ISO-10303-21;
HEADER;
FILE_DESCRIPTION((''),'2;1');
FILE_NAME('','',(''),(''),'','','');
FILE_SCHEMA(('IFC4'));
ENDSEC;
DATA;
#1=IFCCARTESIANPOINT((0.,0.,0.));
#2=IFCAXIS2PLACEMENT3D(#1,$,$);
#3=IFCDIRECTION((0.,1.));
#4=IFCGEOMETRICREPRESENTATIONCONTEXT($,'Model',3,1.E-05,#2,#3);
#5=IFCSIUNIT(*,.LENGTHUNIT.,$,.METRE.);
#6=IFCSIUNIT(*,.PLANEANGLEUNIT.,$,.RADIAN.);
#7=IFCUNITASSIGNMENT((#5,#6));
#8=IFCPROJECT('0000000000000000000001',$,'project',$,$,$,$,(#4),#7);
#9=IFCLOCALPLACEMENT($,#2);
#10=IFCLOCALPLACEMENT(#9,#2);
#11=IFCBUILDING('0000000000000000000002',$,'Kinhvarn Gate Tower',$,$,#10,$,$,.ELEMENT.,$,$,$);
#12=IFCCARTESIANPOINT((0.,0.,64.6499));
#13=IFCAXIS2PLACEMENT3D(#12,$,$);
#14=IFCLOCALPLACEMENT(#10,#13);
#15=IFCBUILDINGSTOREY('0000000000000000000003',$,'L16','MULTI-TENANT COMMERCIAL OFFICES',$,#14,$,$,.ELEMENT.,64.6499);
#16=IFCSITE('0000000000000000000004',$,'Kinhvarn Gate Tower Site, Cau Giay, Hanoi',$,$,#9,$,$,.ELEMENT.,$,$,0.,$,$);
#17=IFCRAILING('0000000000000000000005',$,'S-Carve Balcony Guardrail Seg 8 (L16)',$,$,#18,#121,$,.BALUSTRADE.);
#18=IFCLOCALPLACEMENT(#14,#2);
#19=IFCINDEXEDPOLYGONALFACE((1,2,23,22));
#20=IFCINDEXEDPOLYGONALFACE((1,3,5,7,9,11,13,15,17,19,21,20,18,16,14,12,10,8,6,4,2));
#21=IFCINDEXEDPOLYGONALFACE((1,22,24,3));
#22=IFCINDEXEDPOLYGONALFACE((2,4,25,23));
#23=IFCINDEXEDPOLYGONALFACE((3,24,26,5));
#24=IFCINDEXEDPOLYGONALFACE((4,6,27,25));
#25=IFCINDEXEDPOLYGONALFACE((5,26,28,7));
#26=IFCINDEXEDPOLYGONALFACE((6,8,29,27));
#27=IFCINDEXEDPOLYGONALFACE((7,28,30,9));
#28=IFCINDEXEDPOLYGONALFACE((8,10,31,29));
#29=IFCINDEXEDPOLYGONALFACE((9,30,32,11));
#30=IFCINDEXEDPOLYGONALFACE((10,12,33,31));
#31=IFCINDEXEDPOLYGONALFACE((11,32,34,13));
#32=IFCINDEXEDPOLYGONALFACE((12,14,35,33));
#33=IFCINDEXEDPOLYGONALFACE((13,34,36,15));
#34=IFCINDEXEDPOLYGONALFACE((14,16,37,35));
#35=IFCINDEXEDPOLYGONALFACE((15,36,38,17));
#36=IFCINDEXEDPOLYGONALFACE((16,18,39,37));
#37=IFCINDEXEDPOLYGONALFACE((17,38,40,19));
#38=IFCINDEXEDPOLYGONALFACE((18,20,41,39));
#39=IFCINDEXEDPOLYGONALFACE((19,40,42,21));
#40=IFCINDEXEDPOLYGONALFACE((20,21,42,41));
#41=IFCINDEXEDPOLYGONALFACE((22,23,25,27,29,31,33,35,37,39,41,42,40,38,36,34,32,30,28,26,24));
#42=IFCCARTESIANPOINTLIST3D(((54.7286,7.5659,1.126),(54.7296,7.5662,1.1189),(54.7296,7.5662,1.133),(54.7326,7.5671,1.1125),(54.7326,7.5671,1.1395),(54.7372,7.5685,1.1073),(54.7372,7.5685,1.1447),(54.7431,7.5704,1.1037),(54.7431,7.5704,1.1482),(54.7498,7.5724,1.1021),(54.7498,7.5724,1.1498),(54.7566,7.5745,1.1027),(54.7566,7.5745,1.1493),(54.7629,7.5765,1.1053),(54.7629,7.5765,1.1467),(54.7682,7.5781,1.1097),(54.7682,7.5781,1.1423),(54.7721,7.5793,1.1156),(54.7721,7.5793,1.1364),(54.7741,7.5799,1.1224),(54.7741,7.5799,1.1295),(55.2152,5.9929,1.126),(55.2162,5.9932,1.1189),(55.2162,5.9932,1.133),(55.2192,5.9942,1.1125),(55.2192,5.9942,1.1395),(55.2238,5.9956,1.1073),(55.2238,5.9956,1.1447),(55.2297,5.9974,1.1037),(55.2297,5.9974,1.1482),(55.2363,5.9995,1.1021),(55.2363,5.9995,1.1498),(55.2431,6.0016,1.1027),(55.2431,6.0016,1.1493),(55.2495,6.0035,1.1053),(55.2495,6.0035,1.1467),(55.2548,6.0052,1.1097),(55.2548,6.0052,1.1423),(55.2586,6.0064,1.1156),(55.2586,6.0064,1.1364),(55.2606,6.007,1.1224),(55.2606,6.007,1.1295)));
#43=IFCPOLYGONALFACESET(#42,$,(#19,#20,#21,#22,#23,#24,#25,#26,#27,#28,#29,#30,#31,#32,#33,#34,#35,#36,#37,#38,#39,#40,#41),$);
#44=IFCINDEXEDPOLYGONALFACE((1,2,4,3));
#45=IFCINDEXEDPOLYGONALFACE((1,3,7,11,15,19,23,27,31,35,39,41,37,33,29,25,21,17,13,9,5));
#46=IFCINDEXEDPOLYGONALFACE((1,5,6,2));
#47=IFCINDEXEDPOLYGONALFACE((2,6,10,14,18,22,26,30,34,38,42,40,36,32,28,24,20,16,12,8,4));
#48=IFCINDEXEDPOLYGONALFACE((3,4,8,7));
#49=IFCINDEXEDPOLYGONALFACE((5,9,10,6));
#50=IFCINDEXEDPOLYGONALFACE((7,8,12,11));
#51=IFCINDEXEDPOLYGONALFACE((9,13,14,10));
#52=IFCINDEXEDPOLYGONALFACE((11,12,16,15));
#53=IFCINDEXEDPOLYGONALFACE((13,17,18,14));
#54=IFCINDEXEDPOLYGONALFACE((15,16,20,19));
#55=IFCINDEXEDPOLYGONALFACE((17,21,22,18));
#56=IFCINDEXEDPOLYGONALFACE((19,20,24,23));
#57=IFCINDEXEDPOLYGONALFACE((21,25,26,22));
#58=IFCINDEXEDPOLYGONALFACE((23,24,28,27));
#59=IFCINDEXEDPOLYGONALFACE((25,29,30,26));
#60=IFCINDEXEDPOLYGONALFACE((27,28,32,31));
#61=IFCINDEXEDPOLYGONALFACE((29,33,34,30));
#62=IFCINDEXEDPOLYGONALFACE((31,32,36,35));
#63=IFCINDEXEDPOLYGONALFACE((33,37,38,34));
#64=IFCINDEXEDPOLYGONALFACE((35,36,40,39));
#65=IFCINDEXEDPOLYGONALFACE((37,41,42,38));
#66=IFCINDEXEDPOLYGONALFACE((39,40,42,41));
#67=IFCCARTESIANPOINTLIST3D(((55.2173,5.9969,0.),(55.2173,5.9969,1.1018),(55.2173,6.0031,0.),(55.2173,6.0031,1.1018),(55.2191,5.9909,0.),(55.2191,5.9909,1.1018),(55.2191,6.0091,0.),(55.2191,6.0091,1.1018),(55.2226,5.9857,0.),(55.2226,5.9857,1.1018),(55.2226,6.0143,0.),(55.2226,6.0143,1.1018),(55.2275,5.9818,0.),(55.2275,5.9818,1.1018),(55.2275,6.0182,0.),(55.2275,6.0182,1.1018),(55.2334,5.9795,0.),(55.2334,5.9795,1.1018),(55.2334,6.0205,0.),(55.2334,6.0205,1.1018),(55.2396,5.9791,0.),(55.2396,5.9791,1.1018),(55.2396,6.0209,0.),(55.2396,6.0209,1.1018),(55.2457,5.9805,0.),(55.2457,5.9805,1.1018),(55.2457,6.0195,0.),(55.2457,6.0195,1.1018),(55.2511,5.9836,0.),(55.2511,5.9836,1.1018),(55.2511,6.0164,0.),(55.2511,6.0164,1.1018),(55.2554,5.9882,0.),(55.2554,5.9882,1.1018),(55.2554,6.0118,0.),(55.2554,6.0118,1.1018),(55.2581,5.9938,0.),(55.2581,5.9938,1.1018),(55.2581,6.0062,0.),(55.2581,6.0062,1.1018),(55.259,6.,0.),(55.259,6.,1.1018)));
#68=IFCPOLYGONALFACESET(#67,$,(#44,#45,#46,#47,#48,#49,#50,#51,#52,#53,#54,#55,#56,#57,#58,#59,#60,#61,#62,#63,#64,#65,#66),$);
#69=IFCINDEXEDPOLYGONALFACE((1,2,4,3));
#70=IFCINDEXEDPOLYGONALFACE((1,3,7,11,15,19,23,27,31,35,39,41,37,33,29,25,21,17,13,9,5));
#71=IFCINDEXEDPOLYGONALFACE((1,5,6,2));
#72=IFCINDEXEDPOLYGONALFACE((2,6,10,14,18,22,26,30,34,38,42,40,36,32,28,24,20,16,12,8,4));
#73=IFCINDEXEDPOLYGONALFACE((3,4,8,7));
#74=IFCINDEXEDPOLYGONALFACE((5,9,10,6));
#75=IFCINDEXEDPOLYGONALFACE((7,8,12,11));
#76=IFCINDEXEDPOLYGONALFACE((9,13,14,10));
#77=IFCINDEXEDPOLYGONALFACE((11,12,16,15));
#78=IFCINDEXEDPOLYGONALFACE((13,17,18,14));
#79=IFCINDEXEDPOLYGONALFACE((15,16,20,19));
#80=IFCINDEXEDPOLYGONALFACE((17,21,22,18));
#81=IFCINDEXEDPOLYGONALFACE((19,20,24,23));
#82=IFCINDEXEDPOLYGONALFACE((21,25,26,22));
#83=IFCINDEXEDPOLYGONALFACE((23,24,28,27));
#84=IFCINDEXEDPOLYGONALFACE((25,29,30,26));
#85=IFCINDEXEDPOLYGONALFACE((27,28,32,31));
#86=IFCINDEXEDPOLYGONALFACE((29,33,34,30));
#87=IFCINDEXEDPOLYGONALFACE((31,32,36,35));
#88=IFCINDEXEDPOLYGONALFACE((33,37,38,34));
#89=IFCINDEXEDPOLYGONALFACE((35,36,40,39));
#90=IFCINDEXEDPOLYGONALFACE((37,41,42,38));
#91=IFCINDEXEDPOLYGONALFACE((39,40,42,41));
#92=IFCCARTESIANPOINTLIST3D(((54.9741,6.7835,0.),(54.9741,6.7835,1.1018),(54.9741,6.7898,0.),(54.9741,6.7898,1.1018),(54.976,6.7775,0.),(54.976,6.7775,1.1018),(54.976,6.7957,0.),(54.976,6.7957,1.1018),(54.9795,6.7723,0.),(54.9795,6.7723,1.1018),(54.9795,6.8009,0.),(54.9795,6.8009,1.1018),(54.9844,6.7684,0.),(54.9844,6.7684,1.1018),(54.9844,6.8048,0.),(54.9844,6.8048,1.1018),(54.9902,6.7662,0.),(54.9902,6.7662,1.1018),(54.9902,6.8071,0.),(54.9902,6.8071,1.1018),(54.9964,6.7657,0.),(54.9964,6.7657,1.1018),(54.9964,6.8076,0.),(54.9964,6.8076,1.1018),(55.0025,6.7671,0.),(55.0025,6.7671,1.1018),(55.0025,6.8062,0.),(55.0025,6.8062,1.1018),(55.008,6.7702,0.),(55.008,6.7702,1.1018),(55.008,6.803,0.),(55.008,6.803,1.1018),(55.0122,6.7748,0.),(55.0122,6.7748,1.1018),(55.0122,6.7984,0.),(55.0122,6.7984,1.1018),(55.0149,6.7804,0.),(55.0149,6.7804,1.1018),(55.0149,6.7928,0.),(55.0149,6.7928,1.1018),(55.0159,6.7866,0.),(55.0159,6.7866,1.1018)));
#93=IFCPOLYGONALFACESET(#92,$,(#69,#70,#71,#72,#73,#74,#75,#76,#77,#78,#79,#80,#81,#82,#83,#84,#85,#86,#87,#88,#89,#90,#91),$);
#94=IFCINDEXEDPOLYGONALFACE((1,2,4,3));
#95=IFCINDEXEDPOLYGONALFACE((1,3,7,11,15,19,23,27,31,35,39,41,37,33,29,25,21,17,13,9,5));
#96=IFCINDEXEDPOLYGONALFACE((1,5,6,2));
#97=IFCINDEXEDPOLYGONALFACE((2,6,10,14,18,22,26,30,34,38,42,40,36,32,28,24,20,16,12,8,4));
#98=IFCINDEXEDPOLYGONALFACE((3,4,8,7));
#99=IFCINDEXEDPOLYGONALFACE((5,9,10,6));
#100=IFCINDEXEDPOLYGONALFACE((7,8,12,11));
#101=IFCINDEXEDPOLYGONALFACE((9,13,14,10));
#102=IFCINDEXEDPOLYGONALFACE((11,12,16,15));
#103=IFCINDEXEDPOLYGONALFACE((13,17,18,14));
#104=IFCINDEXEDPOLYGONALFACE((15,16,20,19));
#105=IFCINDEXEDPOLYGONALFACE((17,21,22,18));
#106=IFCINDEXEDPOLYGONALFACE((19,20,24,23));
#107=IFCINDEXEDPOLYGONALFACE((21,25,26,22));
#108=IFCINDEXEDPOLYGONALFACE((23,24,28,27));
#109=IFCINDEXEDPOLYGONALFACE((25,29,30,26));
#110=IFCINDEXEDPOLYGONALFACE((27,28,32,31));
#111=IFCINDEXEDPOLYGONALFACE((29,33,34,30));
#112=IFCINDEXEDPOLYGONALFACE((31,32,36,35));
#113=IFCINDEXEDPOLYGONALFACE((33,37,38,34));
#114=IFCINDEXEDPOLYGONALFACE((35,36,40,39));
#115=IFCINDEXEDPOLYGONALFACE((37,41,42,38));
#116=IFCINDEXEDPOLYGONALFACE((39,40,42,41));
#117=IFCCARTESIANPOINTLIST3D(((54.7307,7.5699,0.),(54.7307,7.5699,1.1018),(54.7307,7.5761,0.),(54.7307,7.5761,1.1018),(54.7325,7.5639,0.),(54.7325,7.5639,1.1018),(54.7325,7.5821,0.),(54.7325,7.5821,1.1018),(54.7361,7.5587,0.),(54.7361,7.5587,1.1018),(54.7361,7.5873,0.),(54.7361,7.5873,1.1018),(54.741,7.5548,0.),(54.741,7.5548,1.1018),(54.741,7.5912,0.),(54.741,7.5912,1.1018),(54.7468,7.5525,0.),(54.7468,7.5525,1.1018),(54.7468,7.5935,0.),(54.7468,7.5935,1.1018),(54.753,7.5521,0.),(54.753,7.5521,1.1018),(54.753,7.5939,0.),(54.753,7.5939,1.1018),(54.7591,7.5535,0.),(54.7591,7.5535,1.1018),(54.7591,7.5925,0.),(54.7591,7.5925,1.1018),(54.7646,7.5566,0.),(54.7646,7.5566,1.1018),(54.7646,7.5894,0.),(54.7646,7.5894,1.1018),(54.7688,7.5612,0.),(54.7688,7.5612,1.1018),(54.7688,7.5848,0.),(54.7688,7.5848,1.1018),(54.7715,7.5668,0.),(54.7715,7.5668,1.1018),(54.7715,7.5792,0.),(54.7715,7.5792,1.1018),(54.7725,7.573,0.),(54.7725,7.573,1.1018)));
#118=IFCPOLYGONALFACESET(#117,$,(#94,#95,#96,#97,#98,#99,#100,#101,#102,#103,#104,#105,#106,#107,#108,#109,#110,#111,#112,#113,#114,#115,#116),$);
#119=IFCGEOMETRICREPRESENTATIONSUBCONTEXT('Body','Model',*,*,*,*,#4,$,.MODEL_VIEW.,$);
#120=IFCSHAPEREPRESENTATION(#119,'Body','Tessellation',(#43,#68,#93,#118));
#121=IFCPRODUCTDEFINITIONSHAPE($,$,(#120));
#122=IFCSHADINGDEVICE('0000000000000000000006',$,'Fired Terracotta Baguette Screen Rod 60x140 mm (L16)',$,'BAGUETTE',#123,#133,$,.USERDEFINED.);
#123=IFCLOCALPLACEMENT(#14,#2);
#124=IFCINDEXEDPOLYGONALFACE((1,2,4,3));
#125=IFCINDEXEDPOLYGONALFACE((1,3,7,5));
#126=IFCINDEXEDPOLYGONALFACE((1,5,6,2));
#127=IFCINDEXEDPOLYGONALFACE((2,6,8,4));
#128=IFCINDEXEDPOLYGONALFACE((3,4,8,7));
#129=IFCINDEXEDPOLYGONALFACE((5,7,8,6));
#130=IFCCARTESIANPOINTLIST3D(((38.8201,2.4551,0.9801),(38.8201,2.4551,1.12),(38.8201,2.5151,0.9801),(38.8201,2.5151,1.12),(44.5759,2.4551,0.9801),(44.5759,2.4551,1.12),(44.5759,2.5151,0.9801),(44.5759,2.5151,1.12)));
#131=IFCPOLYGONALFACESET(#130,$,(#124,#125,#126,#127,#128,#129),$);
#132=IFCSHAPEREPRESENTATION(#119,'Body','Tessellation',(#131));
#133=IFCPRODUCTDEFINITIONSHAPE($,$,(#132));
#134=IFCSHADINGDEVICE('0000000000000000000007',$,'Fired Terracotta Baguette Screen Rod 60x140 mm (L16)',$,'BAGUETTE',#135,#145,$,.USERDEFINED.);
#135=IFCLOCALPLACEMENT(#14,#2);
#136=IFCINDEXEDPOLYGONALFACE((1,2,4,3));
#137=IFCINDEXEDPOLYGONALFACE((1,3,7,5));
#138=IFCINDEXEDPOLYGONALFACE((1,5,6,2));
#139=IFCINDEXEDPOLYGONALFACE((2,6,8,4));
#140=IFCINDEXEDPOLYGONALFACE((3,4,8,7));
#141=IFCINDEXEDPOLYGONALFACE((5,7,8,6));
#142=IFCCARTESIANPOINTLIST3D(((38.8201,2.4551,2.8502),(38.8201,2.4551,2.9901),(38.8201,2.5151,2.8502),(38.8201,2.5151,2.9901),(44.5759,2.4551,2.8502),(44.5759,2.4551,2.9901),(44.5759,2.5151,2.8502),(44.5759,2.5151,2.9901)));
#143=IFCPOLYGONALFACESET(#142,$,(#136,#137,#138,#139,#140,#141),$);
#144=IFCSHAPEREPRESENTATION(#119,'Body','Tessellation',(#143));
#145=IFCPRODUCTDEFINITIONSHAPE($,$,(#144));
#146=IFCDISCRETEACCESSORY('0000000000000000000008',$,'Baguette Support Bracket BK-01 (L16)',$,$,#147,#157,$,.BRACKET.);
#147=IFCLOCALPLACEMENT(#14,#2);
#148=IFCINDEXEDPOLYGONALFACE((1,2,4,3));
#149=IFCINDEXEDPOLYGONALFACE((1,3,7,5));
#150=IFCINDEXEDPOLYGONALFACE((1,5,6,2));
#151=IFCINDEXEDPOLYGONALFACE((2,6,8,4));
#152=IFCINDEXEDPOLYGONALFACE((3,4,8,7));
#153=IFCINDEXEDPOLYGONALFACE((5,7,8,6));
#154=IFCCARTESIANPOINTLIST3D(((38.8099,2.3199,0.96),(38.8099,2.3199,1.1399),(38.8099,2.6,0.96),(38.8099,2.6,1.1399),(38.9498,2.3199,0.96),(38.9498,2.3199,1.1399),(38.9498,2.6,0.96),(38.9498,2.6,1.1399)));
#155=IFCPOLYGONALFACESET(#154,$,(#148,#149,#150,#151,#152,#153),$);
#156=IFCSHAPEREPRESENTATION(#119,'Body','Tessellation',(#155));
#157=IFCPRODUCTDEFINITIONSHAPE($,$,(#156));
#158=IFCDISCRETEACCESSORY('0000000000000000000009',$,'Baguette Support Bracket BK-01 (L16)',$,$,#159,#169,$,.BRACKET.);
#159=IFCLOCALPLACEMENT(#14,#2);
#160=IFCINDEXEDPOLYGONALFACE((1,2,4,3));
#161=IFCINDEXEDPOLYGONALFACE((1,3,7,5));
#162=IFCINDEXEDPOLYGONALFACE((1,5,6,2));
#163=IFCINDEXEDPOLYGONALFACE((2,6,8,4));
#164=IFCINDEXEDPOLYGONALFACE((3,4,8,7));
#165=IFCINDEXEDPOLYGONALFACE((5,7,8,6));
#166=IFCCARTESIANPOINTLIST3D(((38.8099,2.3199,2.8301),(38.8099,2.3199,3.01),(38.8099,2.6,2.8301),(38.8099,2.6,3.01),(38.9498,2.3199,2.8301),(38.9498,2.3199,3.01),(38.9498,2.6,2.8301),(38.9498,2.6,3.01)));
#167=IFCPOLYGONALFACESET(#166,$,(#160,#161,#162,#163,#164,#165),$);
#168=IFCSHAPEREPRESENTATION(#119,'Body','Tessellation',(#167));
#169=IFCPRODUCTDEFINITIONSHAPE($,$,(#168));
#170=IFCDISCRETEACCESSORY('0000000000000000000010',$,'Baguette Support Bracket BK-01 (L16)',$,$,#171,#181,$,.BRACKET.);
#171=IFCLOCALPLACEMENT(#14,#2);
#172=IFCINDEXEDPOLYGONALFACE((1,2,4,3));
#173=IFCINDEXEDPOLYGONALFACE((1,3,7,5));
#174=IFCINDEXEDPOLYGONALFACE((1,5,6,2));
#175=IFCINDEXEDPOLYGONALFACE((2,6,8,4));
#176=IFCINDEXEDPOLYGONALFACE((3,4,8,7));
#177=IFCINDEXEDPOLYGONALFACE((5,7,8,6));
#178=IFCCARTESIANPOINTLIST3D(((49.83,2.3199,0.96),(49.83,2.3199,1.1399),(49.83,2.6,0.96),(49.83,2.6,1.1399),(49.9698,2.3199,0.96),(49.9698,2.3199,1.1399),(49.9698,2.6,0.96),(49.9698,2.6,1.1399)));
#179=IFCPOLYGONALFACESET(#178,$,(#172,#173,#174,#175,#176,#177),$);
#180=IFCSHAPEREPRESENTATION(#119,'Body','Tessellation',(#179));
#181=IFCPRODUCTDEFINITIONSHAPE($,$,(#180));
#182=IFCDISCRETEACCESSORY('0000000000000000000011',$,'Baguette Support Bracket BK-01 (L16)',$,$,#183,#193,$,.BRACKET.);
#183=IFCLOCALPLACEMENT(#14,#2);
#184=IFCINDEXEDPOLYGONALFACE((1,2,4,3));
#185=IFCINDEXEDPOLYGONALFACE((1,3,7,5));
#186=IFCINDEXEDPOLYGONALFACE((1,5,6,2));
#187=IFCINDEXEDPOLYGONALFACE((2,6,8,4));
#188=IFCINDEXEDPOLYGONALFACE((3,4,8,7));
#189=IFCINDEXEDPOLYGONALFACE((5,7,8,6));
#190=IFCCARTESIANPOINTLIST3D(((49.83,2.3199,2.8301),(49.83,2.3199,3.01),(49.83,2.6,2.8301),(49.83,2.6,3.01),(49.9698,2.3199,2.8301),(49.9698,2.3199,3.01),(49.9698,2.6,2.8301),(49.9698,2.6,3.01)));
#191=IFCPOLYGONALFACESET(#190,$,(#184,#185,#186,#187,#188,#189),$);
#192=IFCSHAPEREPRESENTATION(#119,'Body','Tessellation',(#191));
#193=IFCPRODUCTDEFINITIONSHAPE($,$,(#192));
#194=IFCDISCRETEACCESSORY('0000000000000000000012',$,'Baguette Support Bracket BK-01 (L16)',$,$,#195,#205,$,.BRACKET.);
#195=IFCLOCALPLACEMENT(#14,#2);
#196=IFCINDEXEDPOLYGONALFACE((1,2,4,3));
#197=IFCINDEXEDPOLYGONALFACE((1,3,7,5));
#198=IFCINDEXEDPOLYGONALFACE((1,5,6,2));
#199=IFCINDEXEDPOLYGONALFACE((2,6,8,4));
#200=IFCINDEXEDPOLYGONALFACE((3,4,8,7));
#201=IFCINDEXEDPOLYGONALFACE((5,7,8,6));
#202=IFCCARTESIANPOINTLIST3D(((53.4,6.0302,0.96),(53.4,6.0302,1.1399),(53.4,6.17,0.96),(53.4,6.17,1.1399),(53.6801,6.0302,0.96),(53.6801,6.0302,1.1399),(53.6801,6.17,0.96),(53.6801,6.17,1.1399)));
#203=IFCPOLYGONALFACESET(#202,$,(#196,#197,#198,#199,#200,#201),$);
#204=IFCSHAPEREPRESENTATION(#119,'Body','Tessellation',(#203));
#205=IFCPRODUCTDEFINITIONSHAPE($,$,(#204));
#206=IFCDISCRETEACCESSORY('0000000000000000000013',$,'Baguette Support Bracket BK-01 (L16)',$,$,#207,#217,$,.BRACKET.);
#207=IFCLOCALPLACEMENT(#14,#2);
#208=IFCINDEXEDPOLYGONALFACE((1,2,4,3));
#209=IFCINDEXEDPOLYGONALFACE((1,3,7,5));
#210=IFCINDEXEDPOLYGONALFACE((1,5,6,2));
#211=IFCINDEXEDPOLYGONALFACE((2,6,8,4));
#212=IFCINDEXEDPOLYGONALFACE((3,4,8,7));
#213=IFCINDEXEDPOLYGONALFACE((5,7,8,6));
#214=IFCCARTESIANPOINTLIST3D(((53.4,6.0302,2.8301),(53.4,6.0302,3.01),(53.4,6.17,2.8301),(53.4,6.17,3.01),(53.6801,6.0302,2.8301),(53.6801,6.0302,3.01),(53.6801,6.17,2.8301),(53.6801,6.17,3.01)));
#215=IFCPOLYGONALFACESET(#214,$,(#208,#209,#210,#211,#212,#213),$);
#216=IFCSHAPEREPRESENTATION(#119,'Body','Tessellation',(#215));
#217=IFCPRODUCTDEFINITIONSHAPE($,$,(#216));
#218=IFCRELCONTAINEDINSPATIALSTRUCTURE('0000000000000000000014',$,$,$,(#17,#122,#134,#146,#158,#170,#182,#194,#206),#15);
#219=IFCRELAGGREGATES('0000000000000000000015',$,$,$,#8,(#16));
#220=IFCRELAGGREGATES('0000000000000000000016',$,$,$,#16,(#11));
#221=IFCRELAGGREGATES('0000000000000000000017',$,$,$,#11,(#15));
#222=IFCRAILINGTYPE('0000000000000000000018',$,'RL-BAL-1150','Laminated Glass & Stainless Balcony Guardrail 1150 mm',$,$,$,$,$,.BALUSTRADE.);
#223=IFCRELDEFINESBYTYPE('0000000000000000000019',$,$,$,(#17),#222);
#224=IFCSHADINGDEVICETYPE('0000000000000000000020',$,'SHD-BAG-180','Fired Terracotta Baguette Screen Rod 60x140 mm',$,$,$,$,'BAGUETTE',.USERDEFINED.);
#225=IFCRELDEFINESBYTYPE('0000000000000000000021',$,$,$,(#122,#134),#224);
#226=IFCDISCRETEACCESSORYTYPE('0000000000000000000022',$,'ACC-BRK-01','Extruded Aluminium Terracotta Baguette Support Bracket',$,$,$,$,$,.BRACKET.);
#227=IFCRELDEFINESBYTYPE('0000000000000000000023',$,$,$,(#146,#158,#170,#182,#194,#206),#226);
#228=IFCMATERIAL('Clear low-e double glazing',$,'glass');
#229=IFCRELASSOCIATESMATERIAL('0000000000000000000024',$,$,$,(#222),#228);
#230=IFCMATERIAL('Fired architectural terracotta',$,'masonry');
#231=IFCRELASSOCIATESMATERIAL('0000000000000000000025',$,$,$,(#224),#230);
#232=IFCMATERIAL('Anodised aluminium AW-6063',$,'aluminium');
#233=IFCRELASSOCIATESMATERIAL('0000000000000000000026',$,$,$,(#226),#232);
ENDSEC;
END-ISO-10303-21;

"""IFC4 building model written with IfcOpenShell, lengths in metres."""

from ifc_helpers import new_model, si_unit, direction, frame, origin, origin_2d, place, context, subcontext, project, spatial, rectangle, circle, extrude, material, material_profile, profile_set, type_object, element, save


model = new_model("IFC4")

# Units and contexts
model_context = context("Model", 3, precision=1e-05, world=origin(), true_north=direction((0.0, 1.0)))
body_context = subcontext(model_context, "Body", "Model", "MODEL_VIEW")
ifc_project = project(units=[si_unit("LENGTHUNIT", "METRE"), si_unit("PLANEANGLEUNIT", "RADIAN")], contexts=[model_context])

# Site, building, storey
site_placement = place(None, origin())
site = spatial("IfcSite", under=ifc_project, at=site_placement, Name="Kinhvarn Gate Tower Site, Cau Giay, Hanoi", CompositionType="ELEMENT", RefElevation=0.0)
building_placement = place(site_placement, origin())
building = spatial("IfcBuilding", under=site, at=building_placement, Name="Kinhvarn Gate Tower", CompositionType="ELEMENT")
storey_placement = place(building_placement, frame((0.0, 0.0, 64.6499)))
storey = spatial("IfcBuildingStorey", under=building, at=storey_placement, Name="L16", Description="MULTI-TENANT COMMERCIAL OFFICES", CompositionType="ELEMENT", Elevation=64.6499)

# Shared definitions
ifc_material_1 = material(Name="Anodised aluminium AW-6063", Category="aluminium")

# Shared definitions
ifc_material_2 = material(Name="Clear low-e double glazing", Category="glass")

# Shared definitions
ifc_material_3 = material(Name="Fired architectural terracotta", Category="masonry")

# Railing
railing_type = type_object("IfcRailingType", Name="RL-BAL-1150", Description="Laminated Glass & Stainless Balcony Guardrail 1150 mm", PredefinedType="BALUSTRADE", material=ifc_material_2)
railing_1_placement = place(storey_placement, frame((55.238, 6.0, 0.0)))
element("IfcRailing", 1, at=railing_1_placement, inside=storey, type_object=railing_type, Name="S-Carve Balcony Guardrail Seg 8 (L16)", PredefinedType="BALUSTRADE", context=body_context, shape_type="SweptSolid", body=[
    extrude(circle(Radius=0.0239, at=origin_2d()), frame((0.0, 0.0, 1.126), z_axis=(-0.295513, 0.955339, 0.0), x_axis=(-0.955339, -0.295513, 0.0)), (0.0, 0.0, 1.0), 1.6465),
    extrude(circle(Radius=0.021, at=origin_2d()), origin(), (0.0, 0.0, 1.0), 1.1018),
    extrude(circle(Radius=0.021, at=origin_2d()), frame((-0.2432, 0.7866, 0.0)), (0.0, 0.0, 1.0), 1.1018),
    extrude(circle(Radius=0.021, at=origin_2d()), frame((-0.4866, 1.573, 0.0)), (0.0, 0.0, 1.0), 1.1018),
])

# Shading devices
ifc_material_profile_1 = material_profile(ifc_material_3, rectangle(XDim=0.0601, YDim=0.1399, at=origin_2d()), Name="TC 60x140")
ifc_profile_set_1 = profile_set([ifc_material_profile_1], Name="Fired architectural terracotta")
shading_device_type = type_object("IfcShadingDeviceType", Name="SHD-BAG-180", Description="Fired Terracotta Baguette Screen Rod 60x140 mm", ElementType="BAGUETTE", PredefinedType="USERDEFINED", material=ifc_profile_set_1)
for number, where, z_axis, x_axis, name in (
    (2, (38.8201, 2.4851, 1.05), (1.0, 0.0, 0.0), (0.0, 1.0, 0.0), "Fired Terracotta Baguette Screen Rod 60x140 mm (L16)"),
    (3, (38.8201, 2.4851, 2.9202), (1.0, 0.0, 0.0), (0.0, 1.0, 0.0), "Fired Terracotta Baguette Screen Rod 60x140 mm (L16)"),
):
    element("IfcShadingDevice", number, at=place(storey_placement, frame(where, z_axis=z_axis, x_axis=x_axis)), inside=storey, type_object=shading_device_type, Name=name, ObjectType="BAGUETTE", PredefinedType="USERDEFINED", context=body_context, shape_type="SweptSolid", body=[
        extrude(rectangle(XDim=0.0601, YDim=0.1399, at=origin_2d()), origin(), (0.0, 0.0, 1.0), 5.7559),
    ])

# Discrete accessories
discrete_accessory_type = type_object("IfcDiscreteAccessoryType", Name="ACC-BRK-01", Description="Extruded Aluminium Terracotta Baguette Support Bracket", PredefinedType="BRACKET", material=ifc_material_1)
for number, where, z_axis, x_axis, name in (
    (4, (38.8799, 2.46, 0.96), (0.0, 0.0, 1.0), (1.0, 0.0, 0.0), "Baguette Support Bracket BK-01 (L16)"),
    (5, (38.8799, 2.46, 2.8301), (0.0, 0.0, 1.0), (1.0, 0.0, 0.0), "Baguette Support Bracket BK-01 (L16)"),
    (6, (49.8999, 2.46, 0.96), (0.0, 0.0, 1.0), (1.0, 0.0, 0.0), "Baguette Support Bracket BK-01 (L16)"),
    (7, (49.8999, 2.46, 2.8301), (0.0, 0.0, 1.0), (1.0, 0.0, 0.0), "Baguette Support Bracket BK-01 (L16)"),
    (8, (53.54, 6.1001, 0.96), (0.0, 0.0, 1.0), (0.0, 1.0, 0.0), "Baguette Support Bracket BK-01 (L16)"),
    (9, (53.54, 6.1001, 2.8301), (0.0, 0.0, 1.0), (0.0, 1.0, 0.0), "Baguette Support Bracket BK-01 (L16)"),
):
    element("IfcDiscreteAccessory", number, at=place(storey_placement, frame(where, z_axis=z_axis, x_axis=x_axis)), inside=storey, type_object=discrete_accessory_type, Name=name, PredefinedType="BRACKET", context=body_context, shape_type="SweptSolid", body=[
        extrude(rectangle(XDim=0.1399, YDim=0.28, at=origin_2d()), origin(), (0.0, 0.0, 1.0), 0.1799),
    ])

save(model, "model.ifc")
